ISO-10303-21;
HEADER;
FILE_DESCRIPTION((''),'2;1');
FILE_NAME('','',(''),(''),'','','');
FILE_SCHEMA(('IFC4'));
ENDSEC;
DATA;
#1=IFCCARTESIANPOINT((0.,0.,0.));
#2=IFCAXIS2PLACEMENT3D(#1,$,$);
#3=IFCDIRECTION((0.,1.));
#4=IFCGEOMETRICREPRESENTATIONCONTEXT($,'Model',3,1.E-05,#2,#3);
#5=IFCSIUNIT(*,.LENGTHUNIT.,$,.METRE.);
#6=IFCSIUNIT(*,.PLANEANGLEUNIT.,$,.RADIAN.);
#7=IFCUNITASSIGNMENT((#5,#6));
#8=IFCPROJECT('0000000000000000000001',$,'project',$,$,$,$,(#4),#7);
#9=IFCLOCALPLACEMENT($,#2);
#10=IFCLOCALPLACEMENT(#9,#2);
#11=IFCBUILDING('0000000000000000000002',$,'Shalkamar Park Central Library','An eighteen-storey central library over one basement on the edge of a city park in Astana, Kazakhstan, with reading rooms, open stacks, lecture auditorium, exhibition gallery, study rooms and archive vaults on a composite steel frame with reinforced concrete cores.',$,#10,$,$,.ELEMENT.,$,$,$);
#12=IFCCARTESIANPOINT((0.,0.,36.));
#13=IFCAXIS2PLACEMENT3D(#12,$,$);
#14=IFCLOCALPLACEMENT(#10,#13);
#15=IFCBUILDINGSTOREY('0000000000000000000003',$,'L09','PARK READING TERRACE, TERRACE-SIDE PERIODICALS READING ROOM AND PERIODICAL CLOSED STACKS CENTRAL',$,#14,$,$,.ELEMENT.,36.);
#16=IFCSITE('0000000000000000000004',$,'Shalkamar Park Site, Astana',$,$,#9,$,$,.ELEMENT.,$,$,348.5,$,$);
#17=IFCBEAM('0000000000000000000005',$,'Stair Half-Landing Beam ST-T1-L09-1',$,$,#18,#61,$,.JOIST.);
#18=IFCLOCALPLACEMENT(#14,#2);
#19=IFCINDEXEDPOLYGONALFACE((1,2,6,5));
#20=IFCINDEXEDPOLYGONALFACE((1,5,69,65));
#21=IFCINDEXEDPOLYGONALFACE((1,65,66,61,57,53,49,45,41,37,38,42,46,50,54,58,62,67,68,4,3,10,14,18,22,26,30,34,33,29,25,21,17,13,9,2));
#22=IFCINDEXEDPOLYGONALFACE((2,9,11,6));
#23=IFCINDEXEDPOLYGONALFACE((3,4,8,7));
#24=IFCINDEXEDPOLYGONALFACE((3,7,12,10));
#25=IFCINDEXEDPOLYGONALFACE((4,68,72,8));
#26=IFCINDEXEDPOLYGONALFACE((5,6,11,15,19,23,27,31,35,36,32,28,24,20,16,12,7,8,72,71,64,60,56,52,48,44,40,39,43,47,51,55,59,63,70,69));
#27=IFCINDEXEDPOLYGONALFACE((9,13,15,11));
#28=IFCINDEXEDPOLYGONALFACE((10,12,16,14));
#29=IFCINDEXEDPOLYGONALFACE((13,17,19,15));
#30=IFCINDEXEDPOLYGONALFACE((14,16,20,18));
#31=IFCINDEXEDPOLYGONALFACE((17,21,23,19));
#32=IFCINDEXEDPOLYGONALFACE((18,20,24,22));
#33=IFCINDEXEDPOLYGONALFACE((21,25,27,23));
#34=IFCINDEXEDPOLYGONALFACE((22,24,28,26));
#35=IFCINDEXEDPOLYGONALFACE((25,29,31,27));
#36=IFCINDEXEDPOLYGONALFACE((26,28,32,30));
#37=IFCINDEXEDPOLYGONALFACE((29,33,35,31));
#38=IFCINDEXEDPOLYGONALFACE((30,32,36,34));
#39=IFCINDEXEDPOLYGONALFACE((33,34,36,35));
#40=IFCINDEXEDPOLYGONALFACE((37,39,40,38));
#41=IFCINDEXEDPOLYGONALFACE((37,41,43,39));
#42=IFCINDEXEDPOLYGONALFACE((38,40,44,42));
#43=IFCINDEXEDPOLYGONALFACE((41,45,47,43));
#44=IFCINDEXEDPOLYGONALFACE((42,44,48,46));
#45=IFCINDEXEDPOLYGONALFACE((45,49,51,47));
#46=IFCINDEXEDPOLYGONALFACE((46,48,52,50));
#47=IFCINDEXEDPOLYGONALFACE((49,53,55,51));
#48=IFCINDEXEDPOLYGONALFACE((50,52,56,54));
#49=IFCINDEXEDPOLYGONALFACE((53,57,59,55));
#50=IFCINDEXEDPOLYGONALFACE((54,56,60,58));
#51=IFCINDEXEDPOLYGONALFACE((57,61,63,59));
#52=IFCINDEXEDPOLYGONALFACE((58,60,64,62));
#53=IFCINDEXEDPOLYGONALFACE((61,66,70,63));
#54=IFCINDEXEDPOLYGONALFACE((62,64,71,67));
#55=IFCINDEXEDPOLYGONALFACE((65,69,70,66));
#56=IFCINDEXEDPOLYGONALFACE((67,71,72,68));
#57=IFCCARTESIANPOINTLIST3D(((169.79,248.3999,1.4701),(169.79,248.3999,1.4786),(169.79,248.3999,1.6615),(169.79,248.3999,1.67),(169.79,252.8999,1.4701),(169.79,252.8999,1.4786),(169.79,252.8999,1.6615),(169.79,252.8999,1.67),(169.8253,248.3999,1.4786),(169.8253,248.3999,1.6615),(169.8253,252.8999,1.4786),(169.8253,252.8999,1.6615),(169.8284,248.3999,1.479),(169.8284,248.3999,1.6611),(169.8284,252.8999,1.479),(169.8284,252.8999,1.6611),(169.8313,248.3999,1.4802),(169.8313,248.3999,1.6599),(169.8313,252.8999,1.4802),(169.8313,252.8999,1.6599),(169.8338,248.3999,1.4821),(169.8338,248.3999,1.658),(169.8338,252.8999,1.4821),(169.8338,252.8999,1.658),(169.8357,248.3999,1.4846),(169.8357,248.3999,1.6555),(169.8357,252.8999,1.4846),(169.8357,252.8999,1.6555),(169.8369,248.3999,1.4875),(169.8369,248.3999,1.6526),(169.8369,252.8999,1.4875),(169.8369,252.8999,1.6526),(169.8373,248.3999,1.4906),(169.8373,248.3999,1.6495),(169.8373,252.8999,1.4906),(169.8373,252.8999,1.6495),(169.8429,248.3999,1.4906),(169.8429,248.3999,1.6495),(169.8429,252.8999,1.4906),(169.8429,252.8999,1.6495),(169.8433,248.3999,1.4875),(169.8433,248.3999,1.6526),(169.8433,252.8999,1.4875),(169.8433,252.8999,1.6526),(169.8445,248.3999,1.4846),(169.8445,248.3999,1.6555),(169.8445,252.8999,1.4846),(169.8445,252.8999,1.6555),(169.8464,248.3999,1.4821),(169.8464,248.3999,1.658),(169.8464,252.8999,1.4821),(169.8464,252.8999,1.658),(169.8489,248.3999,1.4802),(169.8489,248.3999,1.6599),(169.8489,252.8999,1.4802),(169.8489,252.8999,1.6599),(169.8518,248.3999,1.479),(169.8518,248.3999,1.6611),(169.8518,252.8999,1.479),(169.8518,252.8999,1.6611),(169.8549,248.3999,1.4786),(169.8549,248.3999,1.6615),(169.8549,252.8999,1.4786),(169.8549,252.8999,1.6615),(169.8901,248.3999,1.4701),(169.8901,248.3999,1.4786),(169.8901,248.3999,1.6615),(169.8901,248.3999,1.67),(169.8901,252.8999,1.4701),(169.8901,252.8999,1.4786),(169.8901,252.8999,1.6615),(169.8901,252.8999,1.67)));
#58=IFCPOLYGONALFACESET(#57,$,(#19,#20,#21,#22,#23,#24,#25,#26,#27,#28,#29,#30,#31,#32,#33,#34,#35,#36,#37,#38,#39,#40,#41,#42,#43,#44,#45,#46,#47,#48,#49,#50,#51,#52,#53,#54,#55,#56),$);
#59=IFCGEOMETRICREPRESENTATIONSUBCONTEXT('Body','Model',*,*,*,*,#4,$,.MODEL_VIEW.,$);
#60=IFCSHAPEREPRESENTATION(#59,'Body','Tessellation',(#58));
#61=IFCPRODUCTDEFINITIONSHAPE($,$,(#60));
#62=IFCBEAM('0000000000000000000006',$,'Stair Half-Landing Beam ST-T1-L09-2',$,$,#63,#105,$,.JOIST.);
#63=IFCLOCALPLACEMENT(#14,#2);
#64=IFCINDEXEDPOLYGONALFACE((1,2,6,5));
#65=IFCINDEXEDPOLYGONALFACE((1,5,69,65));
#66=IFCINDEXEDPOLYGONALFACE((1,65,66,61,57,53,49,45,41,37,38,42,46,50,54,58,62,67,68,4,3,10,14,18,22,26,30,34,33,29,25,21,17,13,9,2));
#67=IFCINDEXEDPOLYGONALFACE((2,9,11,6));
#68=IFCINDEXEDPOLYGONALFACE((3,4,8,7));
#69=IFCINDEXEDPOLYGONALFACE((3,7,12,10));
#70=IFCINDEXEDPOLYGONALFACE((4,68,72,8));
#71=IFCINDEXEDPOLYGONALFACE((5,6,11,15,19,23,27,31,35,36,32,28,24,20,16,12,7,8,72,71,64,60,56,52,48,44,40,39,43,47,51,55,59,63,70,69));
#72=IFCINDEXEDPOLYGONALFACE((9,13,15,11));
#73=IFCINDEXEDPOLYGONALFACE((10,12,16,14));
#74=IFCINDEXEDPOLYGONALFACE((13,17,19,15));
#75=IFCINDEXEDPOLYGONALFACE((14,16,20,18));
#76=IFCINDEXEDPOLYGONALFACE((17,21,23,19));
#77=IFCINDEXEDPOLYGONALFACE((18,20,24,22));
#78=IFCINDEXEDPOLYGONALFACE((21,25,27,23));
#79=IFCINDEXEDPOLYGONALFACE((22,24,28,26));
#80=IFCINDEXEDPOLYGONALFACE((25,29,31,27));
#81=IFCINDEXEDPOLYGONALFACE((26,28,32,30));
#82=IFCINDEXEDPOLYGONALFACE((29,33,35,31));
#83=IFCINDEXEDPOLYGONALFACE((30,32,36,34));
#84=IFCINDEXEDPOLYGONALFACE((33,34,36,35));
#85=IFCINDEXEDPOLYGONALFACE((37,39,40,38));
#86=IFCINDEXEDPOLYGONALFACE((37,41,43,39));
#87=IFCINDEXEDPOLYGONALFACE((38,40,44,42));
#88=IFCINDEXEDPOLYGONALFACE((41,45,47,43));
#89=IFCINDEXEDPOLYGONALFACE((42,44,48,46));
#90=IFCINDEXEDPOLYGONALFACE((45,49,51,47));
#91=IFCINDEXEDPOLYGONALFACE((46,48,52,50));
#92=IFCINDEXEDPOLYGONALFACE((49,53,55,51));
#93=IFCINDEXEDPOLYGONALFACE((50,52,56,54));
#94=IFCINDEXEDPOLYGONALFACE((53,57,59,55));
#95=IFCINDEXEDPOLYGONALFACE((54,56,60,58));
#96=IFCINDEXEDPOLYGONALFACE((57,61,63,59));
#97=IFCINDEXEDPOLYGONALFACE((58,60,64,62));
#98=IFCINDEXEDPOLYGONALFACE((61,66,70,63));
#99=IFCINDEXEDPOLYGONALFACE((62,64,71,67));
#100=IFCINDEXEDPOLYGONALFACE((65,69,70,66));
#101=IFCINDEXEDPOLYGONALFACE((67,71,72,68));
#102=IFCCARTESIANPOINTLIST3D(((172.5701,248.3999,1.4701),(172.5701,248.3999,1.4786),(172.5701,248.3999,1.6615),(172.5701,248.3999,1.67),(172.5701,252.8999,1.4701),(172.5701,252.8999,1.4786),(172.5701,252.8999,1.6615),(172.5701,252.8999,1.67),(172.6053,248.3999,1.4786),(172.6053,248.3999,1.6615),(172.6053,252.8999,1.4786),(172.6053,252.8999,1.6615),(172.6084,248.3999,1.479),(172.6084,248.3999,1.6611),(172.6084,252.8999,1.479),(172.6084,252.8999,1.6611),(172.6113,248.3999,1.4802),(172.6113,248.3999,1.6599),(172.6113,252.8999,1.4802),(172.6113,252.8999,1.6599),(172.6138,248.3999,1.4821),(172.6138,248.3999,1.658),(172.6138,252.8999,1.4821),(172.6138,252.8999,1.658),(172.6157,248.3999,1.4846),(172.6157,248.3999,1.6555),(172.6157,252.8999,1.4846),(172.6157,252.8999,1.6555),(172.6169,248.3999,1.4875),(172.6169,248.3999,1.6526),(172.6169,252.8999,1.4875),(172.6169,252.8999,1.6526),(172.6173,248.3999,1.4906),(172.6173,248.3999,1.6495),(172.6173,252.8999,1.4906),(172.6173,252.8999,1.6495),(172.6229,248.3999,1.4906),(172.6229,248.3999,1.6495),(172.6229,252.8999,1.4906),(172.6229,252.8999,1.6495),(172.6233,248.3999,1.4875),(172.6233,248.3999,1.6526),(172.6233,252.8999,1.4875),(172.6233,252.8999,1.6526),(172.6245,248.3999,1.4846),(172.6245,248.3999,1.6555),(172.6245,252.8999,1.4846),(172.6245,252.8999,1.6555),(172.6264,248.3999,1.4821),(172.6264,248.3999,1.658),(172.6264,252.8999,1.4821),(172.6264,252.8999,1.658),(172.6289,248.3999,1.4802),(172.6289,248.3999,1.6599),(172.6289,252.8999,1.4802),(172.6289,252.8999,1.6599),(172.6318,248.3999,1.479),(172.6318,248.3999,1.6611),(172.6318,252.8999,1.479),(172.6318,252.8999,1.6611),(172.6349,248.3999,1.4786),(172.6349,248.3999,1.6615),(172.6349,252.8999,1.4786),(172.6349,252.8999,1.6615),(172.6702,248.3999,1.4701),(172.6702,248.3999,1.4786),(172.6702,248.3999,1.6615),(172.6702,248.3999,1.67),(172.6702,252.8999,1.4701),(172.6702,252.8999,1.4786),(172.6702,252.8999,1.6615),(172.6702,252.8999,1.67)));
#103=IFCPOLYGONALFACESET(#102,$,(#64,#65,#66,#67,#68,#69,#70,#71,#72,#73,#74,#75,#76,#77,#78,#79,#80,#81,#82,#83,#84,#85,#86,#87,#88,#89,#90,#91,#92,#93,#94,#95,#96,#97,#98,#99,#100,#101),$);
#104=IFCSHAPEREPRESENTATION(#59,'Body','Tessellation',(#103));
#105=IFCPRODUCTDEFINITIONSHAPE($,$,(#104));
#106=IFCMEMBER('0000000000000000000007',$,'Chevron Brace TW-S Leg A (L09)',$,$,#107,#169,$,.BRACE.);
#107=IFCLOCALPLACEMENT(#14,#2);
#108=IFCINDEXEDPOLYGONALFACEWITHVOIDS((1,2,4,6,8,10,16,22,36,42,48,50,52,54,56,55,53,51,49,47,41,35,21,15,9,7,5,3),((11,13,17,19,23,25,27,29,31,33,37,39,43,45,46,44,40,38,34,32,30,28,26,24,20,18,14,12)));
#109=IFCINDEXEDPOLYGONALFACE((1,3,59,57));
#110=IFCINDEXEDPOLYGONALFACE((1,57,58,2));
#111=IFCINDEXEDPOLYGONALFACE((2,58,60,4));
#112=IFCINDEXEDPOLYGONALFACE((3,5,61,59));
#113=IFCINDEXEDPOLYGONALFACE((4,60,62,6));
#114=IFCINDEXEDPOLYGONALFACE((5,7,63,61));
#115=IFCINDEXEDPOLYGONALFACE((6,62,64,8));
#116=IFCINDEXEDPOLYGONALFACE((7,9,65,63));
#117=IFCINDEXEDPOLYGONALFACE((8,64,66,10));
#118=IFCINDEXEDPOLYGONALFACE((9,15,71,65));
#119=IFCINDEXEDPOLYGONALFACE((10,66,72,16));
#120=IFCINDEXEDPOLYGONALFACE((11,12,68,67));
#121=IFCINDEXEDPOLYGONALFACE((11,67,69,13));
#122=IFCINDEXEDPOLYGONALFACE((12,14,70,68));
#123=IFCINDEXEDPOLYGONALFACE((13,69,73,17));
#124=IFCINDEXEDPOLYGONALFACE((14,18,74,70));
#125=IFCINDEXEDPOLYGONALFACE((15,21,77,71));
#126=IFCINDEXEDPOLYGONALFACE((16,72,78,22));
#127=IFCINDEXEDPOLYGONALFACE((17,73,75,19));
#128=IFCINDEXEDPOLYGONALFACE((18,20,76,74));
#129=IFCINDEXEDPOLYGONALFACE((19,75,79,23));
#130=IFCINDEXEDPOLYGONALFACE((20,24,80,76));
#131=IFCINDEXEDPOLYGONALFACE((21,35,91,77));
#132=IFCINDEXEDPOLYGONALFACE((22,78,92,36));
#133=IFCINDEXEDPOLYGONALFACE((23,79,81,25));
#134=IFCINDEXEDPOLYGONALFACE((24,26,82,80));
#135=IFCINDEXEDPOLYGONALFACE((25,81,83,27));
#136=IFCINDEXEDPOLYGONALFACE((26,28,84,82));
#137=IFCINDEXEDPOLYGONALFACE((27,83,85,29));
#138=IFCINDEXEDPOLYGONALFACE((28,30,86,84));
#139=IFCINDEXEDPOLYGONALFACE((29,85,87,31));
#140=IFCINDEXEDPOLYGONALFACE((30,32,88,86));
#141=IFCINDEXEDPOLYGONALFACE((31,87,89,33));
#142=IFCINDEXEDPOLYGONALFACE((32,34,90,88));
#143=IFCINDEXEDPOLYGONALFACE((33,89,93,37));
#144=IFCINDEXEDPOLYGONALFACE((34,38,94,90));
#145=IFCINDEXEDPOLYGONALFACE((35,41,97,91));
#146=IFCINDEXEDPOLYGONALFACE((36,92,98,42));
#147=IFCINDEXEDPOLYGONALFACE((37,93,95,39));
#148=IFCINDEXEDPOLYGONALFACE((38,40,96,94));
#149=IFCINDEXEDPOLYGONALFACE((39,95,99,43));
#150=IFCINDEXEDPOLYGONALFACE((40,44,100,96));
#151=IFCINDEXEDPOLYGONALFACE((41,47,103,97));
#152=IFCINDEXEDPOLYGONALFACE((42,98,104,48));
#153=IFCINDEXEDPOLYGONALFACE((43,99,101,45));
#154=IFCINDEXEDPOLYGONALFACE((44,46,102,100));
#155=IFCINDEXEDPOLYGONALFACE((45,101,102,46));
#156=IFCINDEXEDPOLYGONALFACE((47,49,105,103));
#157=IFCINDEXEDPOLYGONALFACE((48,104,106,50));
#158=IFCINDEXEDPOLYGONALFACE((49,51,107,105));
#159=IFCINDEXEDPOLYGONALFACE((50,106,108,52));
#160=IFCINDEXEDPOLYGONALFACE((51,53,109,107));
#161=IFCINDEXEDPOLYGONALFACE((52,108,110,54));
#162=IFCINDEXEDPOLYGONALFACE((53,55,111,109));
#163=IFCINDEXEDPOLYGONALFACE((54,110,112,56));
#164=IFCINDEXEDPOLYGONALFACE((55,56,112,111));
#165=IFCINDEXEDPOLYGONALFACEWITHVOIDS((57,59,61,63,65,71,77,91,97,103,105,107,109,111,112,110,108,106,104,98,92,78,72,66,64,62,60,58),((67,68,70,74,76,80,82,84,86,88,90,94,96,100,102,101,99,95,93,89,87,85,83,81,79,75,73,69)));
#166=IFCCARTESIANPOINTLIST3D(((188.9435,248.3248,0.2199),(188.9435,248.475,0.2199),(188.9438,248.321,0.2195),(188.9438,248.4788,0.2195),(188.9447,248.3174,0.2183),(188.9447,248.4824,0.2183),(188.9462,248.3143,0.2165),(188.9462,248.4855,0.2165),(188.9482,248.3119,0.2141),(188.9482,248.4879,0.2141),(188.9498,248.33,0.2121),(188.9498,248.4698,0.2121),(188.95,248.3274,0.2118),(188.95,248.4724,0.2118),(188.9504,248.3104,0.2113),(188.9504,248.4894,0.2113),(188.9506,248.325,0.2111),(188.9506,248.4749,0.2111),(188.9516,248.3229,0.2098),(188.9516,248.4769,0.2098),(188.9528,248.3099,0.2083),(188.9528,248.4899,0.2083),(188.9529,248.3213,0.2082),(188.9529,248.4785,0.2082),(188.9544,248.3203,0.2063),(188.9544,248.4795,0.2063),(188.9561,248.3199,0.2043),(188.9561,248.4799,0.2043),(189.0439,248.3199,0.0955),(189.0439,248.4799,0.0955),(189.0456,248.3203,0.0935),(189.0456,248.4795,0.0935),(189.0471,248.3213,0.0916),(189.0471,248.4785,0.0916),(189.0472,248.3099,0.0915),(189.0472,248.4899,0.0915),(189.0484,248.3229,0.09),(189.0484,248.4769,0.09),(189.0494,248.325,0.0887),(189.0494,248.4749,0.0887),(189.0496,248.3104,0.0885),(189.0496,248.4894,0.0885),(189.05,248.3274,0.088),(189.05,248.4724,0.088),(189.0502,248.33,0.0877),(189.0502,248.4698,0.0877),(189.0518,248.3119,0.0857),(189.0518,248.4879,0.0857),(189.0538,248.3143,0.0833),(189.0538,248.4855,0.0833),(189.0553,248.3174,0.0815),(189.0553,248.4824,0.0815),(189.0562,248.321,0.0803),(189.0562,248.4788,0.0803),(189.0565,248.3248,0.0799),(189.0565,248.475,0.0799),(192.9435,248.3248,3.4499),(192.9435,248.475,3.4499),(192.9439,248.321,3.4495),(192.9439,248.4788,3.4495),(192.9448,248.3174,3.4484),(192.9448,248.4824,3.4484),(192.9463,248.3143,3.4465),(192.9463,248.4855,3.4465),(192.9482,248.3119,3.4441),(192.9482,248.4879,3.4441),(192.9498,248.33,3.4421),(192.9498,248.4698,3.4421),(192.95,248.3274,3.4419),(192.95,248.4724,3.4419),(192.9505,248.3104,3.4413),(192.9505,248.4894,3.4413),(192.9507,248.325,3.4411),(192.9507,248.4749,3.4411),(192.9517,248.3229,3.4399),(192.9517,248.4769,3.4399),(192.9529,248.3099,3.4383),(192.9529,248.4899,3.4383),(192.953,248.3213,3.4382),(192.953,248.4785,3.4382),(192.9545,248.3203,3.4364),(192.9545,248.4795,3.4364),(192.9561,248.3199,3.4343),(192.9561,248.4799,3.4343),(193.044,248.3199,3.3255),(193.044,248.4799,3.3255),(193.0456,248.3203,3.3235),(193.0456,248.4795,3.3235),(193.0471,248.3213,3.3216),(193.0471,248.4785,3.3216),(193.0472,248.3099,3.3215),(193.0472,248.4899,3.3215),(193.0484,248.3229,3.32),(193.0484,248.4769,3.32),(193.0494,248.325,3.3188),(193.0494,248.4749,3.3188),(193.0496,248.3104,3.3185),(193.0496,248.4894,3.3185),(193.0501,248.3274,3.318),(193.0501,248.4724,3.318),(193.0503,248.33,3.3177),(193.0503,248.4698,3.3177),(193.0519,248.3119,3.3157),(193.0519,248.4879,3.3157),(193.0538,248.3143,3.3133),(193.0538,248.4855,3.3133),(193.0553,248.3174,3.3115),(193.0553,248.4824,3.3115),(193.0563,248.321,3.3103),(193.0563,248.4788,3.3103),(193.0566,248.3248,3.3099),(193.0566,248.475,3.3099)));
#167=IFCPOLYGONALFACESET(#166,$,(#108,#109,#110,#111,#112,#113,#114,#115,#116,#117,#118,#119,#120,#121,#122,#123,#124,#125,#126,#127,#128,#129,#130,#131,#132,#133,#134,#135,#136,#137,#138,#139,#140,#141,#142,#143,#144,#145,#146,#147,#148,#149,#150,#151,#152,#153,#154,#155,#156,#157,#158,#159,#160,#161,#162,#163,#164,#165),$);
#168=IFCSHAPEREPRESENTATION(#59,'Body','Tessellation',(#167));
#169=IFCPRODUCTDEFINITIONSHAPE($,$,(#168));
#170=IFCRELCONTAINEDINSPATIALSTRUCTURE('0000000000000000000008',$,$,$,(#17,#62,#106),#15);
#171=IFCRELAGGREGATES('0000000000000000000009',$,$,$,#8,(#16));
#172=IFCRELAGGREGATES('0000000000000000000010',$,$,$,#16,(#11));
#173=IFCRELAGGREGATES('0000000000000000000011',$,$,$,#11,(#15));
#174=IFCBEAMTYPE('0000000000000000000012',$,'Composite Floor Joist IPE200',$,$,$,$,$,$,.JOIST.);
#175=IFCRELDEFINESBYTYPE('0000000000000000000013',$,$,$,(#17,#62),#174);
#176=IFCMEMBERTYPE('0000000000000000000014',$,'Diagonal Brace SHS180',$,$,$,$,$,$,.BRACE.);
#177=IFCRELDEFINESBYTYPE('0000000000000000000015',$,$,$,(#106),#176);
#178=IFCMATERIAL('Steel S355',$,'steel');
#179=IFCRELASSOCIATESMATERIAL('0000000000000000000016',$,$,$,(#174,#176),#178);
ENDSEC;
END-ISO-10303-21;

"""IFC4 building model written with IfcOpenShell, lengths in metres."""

from ifc_helpers import new_model, si_unit, direction, frame, origin, origin_2d, place, context, subcontext, project, spatial, hollow_rectangle, i_section, extrude, material, material_profile, profile_set, type_object, element, save


model = new_model("IFC4")

# Units and contexts
model_context = context("Model", 3, precision=1e-05, world=origin(), true_north=direction((0.0, 1.0)))
body_context = subcontext(model_context, "Body", "Model", "MODEL_VIEW")
ifc_project = project(units=[si_unit("LENGTHUNIT", "METRE"), si_unit("PLANEANGLEUNIT", "RADIAN")], contexts=[model_context])

# Site, building, storey
site_placement = place(None, origin())
site = spatial("IfcSite", under=ifc_project, at=site_placement, Name="Shalkamar Park Site, Astana", CompositionType="ELEMENT", RefElevation=348.5)
building_placement = place(site_placement, origin())
building = spatial("IfcBuilding", under=site, at=building_placement, Name="Shalkamar Park Central Library", Description="An eighteen-storey central library over one basement on the edge of a city park in Astana, Kazakhstan, with reading rooms, open stacks, lecture auditorium, exhibition gallery, study rooms and archive vaults on a composite steel frame with reinforced concrete cores.", CompositionType="ELEMENT")
storey_placement = place(building_placement, frame((0.0, 0.0, 36.0)))
storey = spatial("IfcBuildingStorey", under=building, at=storey_placement, Name="L09", Description="PARK READING TERRACE, TERRACE-SIDE PERIODICALS READING ROOM AND PERIODICAL CLOSED STACKS CENTRAL", CompositionType="ELEMENT", Elevation=36.0)

# Beams
ifc_material_1 = material(Name="Steel S355", Category="steel")
ifc_material_profile_1 = material_profile(ifc_material_1, i_section(OverallWidth=0.1001, OverallDepth=0.2, WebThickness=0.0056, FlangeThickness=0.0085, FilletRadius=0.012, at=origin_2d()), Name="IPE 200")
ifc_profile_set_1 = profile_set([ifc_material_profile_1], Name="Steel S355")
beam_type_1 = type_object("IfcBeamType", Name="Composite Floor Joist IPE200", PredefinedType="JOIST", material=ifc_profile_set_1)
for number, where, z_axis, x_axis, name in (
    (1, (169.8401, 248.3999, 1.5701), (0.0, 1.0, 0.0), (-1.0, 0.0, 0.0), "Stair Half-Landing Beam ST-T1-L09-1"),
    (2, (172.6201, 248.3999, 1.5701), (0.0, 1.0, 0.0), (-1.0, 0.0, 0.0), "Stair Half-Landing Beam ST-T1-L09-2"),
):
    element("IfcBeam", number, at=place(storey_placement, frame(where, z_axis=z_axis, x_axis=x_axis)), inside=storey, type_object=beam_type_1, Name=name, PredefinedType="JOIST", context=body_context, shape_type="SweptSolid", body=[
        extrude(i_section(OverallWidth=0.1001, OverallDepth=0.2, WebThickness=0.0056, FlangeThickness=0.0085, FilletRadius=0.012, at=origin_2d()), origin(), (0.0, 0.0, 1.0), 4.5),
    ])

# Member
ifc_material_profile_2 = material_profile(ifc_material_1, hollow_rectangle(XDim=0.1799, YDim=0.1799, WallThickness=0.01, InnerFilletRadius=0.01, OuterFilletRadius=0.0149, at=origin_2d()), Name="SHS 180x180x10")
ifc_profile_set_2 = profile_set([ifc_material_profile_2], Name="Steel S355")
member_type = type_object("IfcMemberType", Name="Diagonal Brace SHS180", PredefinedType="BRACE", material=ifc_profile_set_2)
for number, where, z_axis, x_axis, name in (
    (3, (189.0, 248.3999, 0.1499), (0.778016, 0.0, 0.628244), (0.0, 1.0, 0.0), "Chevron Brace TW-S Leg A (L09)"),
):
    element("IfcMember", number, at=place(storey_placement, frame(where, z_axis=z_axis, x_axis=x_axis)), inside=storey, type_object=member_type, Name=name, PredefinedType="BRACE", context=body_context, shape_type="SweptSolid", body=[
        extrude(hollow_rectangle(XDim=0.1799, YDim=0.1799, WallThickness=0.01, InnerFilletRadius=0.01, OuterFilletRadius=0.0149, at=origin_2d()), origin(), (0.0, 0.0, 1.0), 5.1414),
    ])

save(model, "model.ifc")
